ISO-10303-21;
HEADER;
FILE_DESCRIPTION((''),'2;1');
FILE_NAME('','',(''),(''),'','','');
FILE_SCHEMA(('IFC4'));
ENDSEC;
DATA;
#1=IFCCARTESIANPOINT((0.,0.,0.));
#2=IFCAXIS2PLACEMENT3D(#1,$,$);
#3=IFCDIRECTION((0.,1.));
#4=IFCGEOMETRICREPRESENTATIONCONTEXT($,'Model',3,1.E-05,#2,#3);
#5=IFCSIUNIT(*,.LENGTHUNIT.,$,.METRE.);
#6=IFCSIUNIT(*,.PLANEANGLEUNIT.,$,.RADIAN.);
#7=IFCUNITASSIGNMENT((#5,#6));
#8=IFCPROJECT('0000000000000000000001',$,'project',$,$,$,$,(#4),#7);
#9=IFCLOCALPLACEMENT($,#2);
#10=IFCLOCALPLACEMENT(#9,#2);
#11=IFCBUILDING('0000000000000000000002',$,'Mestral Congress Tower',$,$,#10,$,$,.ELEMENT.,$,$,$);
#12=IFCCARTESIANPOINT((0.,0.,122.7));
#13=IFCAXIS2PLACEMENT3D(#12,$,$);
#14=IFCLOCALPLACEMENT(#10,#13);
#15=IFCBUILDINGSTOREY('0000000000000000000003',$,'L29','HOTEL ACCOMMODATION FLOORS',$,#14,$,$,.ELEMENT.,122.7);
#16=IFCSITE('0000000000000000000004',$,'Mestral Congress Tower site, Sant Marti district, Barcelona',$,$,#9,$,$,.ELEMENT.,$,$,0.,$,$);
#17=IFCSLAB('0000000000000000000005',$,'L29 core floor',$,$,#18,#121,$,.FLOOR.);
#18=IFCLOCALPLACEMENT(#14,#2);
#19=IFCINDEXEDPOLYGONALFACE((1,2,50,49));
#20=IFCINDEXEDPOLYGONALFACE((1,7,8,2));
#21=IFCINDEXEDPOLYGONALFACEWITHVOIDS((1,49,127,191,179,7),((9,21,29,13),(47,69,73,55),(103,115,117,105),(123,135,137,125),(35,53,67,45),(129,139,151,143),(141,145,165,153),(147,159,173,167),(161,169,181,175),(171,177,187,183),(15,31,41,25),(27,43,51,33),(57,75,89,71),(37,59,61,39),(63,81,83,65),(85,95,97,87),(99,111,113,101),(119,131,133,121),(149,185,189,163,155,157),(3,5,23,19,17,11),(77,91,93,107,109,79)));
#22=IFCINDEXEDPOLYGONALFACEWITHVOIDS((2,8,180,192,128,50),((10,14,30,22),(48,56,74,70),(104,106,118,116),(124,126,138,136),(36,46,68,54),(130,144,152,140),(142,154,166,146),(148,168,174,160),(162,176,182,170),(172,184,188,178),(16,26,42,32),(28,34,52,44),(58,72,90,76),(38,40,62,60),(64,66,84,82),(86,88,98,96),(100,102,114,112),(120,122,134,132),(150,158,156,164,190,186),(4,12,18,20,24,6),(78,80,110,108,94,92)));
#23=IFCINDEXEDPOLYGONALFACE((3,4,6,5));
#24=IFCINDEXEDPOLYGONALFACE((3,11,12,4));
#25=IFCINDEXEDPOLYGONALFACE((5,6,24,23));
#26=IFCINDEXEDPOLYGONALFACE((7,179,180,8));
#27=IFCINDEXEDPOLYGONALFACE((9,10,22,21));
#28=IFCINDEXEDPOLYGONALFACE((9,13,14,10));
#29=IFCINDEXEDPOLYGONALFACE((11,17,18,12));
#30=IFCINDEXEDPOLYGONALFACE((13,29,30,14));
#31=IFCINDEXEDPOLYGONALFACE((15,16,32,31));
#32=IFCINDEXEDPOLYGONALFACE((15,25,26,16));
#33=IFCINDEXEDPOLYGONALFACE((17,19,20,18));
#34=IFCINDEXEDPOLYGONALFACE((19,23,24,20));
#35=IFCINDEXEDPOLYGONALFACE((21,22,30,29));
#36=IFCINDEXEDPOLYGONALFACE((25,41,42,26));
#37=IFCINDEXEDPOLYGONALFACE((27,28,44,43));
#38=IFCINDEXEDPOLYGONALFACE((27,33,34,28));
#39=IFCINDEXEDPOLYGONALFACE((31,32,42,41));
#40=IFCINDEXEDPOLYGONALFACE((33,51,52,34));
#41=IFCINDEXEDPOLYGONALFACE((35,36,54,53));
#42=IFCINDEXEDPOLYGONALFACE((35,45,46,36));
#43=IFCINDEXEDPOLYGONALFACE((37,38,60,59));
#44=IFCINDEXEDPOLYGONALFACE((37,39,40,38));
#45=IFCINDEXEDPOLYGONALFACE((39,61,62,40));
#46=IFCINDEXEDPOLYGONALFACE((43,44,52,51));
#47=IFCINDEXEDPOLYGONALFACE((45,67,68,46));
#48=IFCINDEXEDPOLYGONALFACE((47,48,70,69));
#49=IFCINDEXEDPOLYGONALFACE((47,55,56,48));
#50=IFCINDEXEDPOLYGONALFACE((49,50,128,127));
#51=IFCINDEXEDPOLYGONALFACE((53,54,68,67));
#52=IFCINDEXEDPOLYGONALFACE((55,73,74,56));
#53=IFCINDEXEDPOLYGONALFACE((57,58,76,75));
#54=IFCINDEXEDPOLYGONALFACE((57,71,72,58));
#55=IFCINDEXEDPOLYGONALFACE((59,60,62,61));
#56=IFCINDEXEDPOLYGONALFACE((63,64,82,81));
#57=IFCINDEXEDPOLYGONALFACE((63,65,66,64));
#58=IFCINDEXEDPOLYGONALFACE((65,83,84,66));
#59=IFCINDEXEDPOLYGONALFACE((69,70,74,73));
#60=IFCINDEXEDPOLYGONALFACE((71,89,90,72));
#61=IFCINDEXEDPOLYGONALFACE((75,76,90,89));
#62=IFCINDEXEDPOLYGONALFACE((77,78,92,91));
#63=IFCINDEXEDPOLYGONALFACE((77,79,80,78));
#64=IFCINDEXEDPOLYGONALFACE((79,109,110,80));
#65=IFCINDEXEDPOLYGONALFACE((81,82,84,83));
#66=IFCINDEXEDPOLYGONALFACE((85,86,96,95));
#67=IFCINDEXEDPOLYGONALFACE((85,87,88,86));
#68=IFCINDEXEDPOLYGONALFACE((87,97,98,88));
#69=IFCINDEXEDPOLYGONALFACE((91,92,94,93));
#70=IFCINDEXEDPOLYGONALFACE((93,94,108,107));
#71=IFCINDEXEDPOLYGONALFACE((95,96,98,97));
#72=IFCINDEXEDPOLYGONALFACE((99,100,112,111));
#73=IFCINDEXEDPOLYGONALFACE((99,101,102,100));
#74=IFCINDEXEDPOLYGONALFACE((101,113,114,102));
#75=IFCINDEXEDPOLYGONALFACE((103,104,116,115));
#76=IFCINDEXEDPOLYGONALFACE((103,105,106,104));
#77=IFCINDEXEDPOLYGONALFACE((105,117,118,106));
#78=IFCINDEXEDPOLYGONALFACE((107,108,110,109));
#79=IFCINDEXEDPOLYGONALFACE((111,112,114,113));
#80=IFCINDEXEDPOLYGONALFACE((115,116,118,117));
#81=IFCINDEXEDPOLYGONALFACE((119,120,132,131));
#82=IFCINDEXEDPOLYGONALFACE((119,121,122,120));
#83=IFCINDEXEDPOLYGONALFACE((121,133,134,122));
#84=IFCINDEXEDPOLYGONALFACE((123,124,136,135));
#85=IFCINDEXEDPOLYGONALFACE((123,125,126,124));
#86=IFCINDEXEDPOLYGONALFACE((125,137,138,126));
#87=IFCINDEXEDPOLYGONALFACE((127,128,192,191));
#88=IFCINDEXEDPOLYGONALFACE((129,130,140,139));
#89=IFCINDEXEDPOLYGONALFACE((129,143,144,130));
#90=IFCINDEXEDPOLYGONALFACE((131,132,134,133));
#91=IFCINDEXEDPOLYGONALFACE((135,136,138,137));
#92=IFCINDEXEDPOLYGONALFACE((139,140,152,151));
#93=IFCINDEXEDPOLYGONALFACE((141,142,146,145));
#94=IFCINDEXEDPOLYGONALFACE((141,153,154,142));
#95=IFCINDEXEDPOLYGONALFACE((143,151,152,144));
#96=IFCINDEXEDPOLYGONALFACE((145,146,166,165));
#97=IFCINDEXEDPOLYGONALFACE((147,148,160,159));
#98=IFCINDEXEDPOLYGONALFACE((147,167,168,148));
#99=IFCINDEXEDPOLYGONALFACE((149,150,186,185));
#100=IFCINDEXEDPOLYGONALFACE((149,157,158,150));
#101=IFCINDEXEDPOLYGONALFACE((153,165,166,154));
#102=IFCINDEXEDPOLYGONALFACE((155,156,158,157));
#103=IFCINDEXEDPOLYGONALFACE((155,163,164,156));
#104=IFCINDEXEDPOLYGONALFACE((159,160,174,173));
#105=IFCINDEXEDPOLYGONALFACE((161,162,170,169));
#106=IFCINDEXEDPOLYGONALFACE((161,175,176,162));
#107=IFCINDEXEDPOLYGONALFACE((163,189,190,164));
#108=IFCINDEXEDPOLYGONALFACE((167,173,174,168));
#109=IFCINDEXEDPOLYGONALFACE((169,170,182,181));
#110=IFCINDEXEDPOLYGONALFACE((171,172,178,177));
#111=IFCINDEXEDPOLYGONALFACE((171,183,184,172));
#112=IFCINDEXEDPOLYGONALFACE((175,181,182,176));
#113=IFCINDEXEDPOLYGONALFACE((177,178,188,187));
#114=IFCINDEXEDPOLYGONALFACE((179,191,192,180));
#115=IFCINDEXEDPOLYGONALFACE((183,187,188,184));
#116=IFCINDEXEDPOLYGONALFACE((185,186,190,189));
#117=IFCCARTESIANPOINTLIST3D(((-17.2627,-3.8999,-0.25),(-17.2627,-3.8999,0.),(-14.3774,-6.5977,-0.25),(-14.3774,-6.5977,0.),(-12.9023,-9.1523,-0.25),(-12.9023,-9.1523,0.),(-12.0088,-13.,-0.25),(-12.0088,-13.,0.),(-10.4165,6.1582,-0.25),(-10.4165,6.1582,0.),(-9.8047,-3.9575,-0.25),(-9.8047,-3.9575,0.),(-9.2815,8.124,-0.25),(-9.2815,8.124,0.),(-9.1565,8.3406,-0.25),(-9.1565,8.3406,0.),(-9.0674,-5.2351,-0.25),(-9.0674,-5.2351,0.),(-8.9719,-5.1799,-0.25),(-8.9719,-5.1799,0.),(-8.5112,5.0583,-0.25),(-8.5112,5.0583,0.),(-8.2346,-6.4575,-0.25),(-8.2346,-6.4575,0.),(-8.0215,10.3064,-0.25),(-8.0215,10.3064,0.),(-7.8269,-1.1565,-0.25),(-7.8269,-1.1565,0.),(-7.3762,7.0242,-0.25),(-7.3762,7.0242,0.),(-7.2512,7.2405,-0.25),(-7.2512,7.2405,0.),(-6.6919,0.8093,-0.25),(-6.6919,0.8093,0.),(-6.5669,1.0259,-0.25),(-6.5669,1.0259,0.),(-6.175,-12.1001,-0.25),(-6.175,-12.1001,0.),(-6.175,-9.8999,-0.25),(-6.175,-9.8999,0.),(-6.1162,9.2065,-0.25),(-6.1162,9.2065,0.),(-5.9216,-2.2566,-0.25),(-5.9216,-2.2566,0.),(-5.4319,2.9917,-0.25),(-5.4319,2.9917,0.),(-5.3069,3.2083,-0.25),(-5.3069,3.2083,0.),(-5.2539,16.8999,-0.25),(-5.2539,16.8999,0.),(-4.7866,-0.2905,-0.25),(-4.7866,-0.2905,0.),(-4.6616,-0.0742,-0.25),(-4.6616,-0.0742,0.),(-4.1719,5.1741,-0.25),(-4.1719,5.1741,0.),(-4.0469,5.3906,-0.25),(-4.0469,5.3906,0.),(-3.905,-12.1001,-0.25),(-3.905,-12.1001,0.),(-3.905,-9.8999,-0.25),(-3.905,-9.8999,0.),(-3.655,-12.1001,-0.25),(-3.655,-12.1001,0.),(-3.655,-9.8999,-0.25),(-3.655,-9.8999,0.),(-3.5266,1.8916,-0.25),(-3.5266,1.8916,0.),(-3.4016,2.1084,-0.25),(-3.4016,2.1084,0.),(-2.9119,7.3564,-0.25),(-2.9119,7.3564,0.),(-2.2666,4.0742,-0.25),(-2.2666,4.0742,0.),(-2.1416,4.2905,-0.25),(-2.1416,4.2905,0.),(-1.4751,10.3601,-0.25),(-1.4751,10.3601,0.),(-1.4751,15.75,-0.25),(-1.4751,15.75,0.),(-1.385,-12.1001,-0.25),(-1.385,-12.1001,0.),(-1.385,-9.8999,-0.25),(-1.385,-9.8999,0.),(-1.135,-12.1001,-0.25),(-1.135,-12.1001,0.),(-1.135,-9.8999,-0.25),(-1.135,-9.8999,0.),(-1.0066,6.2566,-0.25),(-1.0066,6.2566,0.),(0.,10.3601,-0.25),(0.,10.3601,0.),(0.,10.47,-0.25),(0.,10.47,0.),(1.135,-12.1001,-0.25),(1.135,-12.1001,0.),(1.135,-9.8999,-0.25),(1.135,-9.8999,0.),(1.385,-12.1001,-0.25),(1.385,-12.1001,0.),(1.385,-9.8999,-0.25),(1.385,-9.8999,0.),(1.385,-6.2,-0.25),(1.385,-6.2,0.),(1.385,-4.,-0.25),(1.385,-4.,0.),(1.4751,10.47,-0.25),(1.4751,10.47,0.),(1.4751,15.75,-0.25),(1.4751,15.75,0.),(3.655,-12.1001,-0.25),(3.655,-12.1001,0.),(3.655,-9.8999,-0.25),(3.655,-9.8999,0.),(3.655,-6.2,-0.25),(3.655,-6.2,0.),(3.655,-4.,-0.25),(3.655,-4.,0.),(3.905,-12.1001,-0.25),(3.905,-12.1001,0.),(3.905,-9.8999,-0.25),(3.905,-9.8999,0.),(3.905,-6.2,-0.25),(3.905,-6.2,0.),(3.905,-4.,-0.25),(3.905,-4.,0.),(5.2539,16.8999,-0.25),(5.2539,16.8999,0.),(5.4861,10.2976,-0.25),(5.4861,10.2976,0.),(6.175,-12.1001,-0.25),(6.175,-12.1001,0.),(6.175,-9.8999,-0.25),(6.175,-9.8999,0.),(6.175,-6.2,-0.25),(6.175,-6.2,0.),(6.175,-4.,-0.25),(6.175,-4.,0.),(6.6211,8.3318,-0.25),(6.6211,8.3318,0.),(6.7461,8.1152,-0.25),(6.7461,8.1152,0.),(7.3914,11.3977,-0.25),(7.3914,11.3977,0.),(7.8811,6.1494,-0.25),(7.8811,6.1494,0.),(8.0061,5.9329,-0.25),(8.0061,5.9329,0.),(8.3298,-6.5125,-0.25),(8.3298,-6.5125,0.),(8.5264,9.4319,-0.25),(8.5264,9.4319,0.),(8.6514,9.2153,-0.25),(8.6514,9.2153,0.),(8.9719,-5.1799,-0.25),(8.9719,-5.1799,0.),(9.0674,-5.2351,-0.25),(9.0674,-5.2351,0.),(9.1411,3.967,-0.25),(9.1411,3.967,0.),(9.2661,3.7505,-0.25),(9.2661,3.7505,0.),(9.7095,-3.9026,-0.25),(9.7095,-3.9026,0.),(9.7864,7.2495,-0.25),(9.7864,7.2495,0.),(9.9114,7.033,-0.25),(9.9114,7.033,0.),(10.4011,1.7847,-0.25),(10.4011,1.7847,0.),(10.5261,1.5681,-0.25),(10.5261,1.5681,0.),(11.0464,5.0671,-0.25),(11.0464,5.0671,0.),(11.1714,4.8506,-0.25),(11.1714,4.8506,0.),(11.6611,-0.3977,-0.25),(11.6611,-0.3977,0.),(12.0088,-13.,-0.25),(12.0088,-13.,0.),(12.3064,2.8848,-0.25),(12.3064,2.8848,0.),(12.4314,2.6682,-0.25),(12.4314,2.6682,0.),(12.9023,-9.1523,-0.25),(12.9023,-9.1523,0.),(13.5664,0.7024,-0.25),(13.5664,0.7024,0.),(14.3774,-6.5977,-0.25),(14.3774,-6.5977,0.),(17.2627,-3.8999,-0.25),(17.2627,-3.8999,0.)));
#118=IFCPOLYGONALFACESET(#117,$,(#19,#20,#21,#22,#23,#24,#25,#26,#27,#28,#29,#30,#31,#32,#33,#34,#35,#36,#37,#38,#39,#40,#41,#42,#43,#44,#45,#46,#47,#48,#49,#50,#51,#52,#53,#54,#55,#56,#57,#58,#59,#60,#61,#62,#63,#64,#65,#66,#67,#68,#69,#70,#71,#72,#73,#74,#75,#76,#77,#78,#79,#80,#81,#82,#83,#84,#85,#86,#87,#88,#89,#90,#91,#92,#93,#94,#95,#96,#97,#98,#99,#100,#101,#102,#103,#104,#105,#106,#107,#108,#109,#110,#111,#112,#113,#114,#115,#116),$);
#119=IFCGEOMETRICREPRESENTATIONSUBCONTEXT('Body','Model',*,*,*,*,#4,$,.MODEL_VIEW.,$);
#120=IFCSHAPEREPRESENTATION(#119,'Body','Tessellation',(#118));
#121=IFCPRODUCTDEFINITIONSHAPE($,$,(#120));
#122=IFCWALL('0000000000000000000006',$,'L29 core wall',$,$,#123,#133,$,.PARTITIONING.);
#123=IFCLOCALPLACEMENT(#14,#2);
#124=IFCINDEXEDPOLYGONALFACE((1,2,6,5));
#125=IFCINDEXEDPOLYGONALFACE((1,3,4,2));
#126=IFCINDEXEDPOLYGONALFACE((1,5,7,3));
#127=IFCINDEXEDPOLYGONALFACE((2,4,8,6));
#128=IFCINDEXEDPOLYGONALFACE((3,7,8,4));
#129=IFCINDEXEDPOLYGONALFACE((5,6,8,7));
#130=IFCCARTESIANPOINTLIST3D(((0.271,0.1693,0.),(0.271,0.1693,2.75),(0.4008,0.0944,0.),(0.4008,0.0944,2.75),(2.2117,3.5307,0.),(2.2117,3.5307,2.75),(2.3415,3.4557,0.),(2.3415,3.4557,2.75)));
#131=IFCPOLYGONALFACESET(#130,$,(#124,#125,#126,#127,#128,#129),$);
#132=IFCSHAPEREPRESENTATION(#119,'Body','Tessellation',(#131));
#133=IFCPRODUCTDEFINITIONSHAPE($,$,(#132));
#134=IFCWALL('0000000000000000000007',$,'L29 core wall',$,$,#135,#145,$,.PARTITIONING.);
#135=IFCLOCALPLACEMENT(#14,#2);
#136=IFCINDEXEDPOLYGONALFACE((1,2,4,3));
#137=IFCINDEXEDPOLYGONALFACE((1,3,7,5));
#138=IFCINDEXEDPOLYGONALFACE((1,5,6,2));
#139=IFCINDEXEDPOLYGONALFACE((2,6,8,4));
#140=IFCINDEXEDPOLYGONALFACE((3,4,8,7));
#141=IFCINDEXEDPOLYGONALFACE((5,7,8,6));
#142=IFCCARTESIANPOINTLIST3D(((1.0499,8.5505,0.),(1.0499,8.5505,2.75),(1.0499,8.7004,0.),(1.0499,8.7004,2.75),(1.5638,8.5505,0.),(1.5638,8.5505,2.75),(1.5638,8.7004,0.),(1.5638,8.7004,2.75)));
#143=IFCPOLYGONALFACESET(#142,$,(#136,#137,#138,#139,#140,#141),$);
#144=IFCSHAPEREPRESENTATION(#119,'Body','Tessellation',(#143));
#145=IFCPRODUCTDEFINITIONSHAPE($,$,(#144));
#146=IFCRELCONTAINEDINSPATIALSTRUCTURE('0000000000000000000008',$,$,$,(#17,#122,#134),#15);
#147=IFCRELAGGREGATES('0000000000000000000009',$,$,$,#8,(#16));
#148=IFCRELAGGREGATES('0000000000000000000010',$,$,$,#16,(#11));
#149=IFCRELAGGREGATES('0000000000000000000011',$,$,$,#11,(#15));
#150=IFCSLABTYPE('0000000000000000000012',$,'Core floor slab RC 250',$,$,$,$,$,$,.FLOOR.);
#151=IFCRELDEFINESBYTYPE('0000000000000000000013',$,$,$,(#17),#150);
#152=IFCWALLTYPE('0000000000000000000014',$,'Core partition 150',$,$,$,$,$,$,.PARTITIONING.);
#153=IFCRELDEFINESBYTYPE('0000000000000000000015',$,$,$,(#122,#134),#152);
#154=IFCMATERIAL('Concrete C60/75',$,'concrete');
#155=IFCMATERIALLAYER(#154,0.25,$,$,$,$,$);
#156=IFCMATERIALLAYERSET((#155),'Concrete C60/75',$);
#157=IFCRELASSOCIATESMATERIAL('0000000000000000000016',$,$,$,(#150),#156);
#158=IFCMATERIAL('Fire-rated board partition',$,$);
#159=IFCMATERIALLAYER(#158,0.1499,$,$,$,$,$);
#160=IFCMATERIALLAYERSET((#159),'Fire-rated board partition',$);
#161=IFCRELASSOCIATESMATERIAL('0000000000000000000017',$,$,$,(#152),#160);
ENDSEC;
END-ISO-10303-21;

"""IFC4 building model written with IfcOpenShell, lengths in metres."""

from ifc_helpers import new_model, si_unit, direction, frame, frame_2d, origin, place, context, subcontext, project, spatial, polyline, rectangle, outline, extrude, material, layer, layer_set, type_object, element, save


model = new_model("IFC4")

# Units and contexts
model_context = context("Model", 3, precision=1e-05, world=origin(), true_north=direction((0.0, 1.0)))
body_context = subcontext(model_context, "Body", "Model", "MODEL_VIEW")
ifc_project = project(units=[si_unit("LENGTHUNIT", "METRE"), si_unit("PLANEANGLEUNIT", "RADIAN")], contexts=[model_context])

# Site, building, storey
site_placement = place(None, origin())
site = spatial("IfcSite", under=ifc_project, at=site_placement, Name="Mestral Congress Tower site, Sant Marti district, Barcelona", CompositionType="ELEMENT", RefElevation=0.0)
building_placement = place(site_placement, origin())
building = spatial("IfcBuilding", under=site, at=building_placement, Name="Mestral Congress Tower", CompositionType="ELEMENT")
storey_placement = place(building_placement, frame((0.0, 0.0, 122.7)))
storey = spatial("IfcBuildingStorey", under=building, at=storey_placement, Name="L29", Description="HOTEL ACCOMMODATION FLOORS", CompositionType="ELEMENT", Elevation=122.7)

# Slab
ifc_material_1 = material(Name="Concrete C60/75", Category="concrete")
ifc_layer_1 = layer(ifc_material_1, 0.25)
ifc_layer_set_1 = layer_set([ifc_layer_1], Name="Concrete C60/75")
slab_type = type_object("IfcSlabType", Name="Core floor slab RC 250", PredefinedType="FLOOR", material=ifc_layer_set_1)
slab_placement = place(storey_placement, frame((0.0, 0.0, -0.25)))
element("IfcSlab", 1, at=slab_placement, inside=storey, type_object=slab_type, Name="L29 core floor", PredefinedType="FLOOR", context=body_context, shape_type="SweptSolid", body=[
    extrude(outline(polyline([(12.0088, -13.0), (-12.0088, -13.0), (-17.2627, -3.8999), (-5.2539, 16.8999), (5.2539, 16.8999), (17.2627, -3.8999), (12.0088, -13.0)]), holes=[polyline([(-3.905, -9.8999), (-6.175, -9.8999), (-6.175, -12.1001), (-3.905, -12.1001), (-3.905, -9.8999)]), polyline([(-1.385, -9.8999), (-3.655, -9.8999), (-3.655, -12.1001), (-1.385, -12.1001), (-1.385, -9.8999)]), polyline([(1.135, -9.8999), (-1.135, -9.8999), (-1.135, -12.1001), (1.135, -12.1001), (1.135, -9.8999)]), polyline([(-9.0674, -5.2351), (-9.8047, -3.9575), (-14.3774, -6.5977), (-12.9023, -9.1523), (-8.2346, -6.4575), (-8.9719, -5.1799), (-9.0674, -5.2351)]), polyline([(-7.8269, -1.1565), (-5.9216, -2.2566), (-4.7866, -0.2905), (-6.6919, 0.8093), (-7.8269, -1.1565)]), polyline([(-4.6616, -0.0742), (-3.5266, 1.8916), (-5.4319, 2.9917), (-6.5669, 1.0259), (-4.6616, -0.0742)]), polyline([(-3.4016, 2.1084), (-2.2666, 4.0742), (-4.1719, 5.1741), (-5.3069, 3.2083), (-3.4016, 2.1084)]), polyline([(-2.1416, 4.2905), (-1.0066, 6.2566), (-2.9119, 7.3564), (-4.0469, 5.3906), (-2.1416, 4.2905)]), polyline([(-10.4165, 6.1582), (-8.5112, 5.0583), (-7.3762, 7.0242), (-9.2815, 8.124), (-10.4165, 6.1582)]), polyline([(-9.1565, 8.3406), (-7.2512, 7.2405), (-6.1162, 9.2065), (-8.0215, 10.3064), (-9.1565, 8.3406)]), polyline([(1.4751, 10.47), (1.4751, 15.75), (-1.4751, 15.75), (-1.4751, 10.3601), (0.0, 10.3601), (0.0, 10.47), (1.4751, 10.47)]), polyline([(3.655, -9.8999), (1.385, -9.8999), (1.385, -12.1001), (3.655, -12.1001), (3.655, -9.8999)]), polyline([(6.175, -9.8999), (3.905, -9.8999), (3.905, -12.1001), (6.175, -12.1001), (6.175, -9.8999)]), polyline([(9.0674, -5.2351), (8.3298, -6.5125), (12.9023, -9.1523), (14.3774, -6.5977), (9.7095, -3.9026), (8.9719, -5.1799), (9.0674, -5.2351)]), polyline([(3.655, -6.2), (3.655, -4.0), (1.385, -4.0), (1.385, -6.2), (3.655, -6.2)]), polyline([(6.175, -4.0), (3.905, -4.0), (3.905, -6.2), (6.175, -6.2), (6.175, -4.0)]), polyline([(12.4314, 2.6682), (10.5261, 1.5681), (11.6611, -0.3977), (13.5664, 0.7024), (12.4314, 2.6682)]), polyline([(11.1714, 4.8506), (9.2661, 3.7505), (10.4011, 1.7847), (12.3064, 2.8848), (11.1714, 4.8506)]), polyline([(8.0061, 5.9329), (9.1411, 3.967), (11.0464, 5.0671), (9.9114, 7.033), (8.0061, 5.9329)]), polyline([(8.6514, 9.2153), (6.7461, 8.1152), (7.8811, 6.1494), (9.7864, 7.2495), (8.6514, 9.2153)]), polyline([(7.3914, 11.3977), (5.4861, 10.2976), (6.6211, 8.3318), (8.5264, 9.4319), (7.3914, 11.3977)])]), origin(), (0.0, 0.0, 1.0), 0.25),
])

# Walls
ifc_material_2 = material(Name="Fire-rated board partition")
ifc_layer_2 = layer(ifc_material_2, 0.1499)
ifc_layer_set_2 = layer_set([ifc_layer_2], Name="Fire-rated board partition")
wall_type_1 = type_object("IfcWallType", Name="Core partition 150", PredefinedType="PARTITIONING", material=ifc_layer_set_2)
wall_1_placement = place(storey_placement, frame((0.3359, 0.1318, 0.0), z_axis=(0.0, 0.0, 1.0), x_axis=(0.500002, 0.866024, 0.0)))
element("IfcWall", 2, at=wall_1_placement, inside=storey, type_object=wall_type_1, Name="L29 core wall", PredefinedType="PARTITIONING", context=body_context, shape_type="SweptSolid", body=[
    extrude(rectangle(XDim=3.8813, YDim=0.1499, at=frame_2d((1.9407, 0.0))), origin(), (0.0, 0.0, 1.0), 2.75),
])
wall_2_placement = place(storey_placement, frame((1.05, 8.6255, 0.0), z_axis=(0.0, 0.0, 1.0), x_axis=(1.0, 0.0, 0.0)))
element("IfcWall", 3, at=wall_2_placement, inside=storey, type_object=wall_type_1, Name="L29 core wall", PredefinedType="PARTITIONING", context=body_context, shape_type="SweptSolid", body=[
    extrude(rectangle(XDim=0.5139, YDim=0.1499, at=frame_2d((0.2568, 0.0))), origin(), (0.0, 0.0, 1.0), 2.75),
])

save(model, "model.ifc")
